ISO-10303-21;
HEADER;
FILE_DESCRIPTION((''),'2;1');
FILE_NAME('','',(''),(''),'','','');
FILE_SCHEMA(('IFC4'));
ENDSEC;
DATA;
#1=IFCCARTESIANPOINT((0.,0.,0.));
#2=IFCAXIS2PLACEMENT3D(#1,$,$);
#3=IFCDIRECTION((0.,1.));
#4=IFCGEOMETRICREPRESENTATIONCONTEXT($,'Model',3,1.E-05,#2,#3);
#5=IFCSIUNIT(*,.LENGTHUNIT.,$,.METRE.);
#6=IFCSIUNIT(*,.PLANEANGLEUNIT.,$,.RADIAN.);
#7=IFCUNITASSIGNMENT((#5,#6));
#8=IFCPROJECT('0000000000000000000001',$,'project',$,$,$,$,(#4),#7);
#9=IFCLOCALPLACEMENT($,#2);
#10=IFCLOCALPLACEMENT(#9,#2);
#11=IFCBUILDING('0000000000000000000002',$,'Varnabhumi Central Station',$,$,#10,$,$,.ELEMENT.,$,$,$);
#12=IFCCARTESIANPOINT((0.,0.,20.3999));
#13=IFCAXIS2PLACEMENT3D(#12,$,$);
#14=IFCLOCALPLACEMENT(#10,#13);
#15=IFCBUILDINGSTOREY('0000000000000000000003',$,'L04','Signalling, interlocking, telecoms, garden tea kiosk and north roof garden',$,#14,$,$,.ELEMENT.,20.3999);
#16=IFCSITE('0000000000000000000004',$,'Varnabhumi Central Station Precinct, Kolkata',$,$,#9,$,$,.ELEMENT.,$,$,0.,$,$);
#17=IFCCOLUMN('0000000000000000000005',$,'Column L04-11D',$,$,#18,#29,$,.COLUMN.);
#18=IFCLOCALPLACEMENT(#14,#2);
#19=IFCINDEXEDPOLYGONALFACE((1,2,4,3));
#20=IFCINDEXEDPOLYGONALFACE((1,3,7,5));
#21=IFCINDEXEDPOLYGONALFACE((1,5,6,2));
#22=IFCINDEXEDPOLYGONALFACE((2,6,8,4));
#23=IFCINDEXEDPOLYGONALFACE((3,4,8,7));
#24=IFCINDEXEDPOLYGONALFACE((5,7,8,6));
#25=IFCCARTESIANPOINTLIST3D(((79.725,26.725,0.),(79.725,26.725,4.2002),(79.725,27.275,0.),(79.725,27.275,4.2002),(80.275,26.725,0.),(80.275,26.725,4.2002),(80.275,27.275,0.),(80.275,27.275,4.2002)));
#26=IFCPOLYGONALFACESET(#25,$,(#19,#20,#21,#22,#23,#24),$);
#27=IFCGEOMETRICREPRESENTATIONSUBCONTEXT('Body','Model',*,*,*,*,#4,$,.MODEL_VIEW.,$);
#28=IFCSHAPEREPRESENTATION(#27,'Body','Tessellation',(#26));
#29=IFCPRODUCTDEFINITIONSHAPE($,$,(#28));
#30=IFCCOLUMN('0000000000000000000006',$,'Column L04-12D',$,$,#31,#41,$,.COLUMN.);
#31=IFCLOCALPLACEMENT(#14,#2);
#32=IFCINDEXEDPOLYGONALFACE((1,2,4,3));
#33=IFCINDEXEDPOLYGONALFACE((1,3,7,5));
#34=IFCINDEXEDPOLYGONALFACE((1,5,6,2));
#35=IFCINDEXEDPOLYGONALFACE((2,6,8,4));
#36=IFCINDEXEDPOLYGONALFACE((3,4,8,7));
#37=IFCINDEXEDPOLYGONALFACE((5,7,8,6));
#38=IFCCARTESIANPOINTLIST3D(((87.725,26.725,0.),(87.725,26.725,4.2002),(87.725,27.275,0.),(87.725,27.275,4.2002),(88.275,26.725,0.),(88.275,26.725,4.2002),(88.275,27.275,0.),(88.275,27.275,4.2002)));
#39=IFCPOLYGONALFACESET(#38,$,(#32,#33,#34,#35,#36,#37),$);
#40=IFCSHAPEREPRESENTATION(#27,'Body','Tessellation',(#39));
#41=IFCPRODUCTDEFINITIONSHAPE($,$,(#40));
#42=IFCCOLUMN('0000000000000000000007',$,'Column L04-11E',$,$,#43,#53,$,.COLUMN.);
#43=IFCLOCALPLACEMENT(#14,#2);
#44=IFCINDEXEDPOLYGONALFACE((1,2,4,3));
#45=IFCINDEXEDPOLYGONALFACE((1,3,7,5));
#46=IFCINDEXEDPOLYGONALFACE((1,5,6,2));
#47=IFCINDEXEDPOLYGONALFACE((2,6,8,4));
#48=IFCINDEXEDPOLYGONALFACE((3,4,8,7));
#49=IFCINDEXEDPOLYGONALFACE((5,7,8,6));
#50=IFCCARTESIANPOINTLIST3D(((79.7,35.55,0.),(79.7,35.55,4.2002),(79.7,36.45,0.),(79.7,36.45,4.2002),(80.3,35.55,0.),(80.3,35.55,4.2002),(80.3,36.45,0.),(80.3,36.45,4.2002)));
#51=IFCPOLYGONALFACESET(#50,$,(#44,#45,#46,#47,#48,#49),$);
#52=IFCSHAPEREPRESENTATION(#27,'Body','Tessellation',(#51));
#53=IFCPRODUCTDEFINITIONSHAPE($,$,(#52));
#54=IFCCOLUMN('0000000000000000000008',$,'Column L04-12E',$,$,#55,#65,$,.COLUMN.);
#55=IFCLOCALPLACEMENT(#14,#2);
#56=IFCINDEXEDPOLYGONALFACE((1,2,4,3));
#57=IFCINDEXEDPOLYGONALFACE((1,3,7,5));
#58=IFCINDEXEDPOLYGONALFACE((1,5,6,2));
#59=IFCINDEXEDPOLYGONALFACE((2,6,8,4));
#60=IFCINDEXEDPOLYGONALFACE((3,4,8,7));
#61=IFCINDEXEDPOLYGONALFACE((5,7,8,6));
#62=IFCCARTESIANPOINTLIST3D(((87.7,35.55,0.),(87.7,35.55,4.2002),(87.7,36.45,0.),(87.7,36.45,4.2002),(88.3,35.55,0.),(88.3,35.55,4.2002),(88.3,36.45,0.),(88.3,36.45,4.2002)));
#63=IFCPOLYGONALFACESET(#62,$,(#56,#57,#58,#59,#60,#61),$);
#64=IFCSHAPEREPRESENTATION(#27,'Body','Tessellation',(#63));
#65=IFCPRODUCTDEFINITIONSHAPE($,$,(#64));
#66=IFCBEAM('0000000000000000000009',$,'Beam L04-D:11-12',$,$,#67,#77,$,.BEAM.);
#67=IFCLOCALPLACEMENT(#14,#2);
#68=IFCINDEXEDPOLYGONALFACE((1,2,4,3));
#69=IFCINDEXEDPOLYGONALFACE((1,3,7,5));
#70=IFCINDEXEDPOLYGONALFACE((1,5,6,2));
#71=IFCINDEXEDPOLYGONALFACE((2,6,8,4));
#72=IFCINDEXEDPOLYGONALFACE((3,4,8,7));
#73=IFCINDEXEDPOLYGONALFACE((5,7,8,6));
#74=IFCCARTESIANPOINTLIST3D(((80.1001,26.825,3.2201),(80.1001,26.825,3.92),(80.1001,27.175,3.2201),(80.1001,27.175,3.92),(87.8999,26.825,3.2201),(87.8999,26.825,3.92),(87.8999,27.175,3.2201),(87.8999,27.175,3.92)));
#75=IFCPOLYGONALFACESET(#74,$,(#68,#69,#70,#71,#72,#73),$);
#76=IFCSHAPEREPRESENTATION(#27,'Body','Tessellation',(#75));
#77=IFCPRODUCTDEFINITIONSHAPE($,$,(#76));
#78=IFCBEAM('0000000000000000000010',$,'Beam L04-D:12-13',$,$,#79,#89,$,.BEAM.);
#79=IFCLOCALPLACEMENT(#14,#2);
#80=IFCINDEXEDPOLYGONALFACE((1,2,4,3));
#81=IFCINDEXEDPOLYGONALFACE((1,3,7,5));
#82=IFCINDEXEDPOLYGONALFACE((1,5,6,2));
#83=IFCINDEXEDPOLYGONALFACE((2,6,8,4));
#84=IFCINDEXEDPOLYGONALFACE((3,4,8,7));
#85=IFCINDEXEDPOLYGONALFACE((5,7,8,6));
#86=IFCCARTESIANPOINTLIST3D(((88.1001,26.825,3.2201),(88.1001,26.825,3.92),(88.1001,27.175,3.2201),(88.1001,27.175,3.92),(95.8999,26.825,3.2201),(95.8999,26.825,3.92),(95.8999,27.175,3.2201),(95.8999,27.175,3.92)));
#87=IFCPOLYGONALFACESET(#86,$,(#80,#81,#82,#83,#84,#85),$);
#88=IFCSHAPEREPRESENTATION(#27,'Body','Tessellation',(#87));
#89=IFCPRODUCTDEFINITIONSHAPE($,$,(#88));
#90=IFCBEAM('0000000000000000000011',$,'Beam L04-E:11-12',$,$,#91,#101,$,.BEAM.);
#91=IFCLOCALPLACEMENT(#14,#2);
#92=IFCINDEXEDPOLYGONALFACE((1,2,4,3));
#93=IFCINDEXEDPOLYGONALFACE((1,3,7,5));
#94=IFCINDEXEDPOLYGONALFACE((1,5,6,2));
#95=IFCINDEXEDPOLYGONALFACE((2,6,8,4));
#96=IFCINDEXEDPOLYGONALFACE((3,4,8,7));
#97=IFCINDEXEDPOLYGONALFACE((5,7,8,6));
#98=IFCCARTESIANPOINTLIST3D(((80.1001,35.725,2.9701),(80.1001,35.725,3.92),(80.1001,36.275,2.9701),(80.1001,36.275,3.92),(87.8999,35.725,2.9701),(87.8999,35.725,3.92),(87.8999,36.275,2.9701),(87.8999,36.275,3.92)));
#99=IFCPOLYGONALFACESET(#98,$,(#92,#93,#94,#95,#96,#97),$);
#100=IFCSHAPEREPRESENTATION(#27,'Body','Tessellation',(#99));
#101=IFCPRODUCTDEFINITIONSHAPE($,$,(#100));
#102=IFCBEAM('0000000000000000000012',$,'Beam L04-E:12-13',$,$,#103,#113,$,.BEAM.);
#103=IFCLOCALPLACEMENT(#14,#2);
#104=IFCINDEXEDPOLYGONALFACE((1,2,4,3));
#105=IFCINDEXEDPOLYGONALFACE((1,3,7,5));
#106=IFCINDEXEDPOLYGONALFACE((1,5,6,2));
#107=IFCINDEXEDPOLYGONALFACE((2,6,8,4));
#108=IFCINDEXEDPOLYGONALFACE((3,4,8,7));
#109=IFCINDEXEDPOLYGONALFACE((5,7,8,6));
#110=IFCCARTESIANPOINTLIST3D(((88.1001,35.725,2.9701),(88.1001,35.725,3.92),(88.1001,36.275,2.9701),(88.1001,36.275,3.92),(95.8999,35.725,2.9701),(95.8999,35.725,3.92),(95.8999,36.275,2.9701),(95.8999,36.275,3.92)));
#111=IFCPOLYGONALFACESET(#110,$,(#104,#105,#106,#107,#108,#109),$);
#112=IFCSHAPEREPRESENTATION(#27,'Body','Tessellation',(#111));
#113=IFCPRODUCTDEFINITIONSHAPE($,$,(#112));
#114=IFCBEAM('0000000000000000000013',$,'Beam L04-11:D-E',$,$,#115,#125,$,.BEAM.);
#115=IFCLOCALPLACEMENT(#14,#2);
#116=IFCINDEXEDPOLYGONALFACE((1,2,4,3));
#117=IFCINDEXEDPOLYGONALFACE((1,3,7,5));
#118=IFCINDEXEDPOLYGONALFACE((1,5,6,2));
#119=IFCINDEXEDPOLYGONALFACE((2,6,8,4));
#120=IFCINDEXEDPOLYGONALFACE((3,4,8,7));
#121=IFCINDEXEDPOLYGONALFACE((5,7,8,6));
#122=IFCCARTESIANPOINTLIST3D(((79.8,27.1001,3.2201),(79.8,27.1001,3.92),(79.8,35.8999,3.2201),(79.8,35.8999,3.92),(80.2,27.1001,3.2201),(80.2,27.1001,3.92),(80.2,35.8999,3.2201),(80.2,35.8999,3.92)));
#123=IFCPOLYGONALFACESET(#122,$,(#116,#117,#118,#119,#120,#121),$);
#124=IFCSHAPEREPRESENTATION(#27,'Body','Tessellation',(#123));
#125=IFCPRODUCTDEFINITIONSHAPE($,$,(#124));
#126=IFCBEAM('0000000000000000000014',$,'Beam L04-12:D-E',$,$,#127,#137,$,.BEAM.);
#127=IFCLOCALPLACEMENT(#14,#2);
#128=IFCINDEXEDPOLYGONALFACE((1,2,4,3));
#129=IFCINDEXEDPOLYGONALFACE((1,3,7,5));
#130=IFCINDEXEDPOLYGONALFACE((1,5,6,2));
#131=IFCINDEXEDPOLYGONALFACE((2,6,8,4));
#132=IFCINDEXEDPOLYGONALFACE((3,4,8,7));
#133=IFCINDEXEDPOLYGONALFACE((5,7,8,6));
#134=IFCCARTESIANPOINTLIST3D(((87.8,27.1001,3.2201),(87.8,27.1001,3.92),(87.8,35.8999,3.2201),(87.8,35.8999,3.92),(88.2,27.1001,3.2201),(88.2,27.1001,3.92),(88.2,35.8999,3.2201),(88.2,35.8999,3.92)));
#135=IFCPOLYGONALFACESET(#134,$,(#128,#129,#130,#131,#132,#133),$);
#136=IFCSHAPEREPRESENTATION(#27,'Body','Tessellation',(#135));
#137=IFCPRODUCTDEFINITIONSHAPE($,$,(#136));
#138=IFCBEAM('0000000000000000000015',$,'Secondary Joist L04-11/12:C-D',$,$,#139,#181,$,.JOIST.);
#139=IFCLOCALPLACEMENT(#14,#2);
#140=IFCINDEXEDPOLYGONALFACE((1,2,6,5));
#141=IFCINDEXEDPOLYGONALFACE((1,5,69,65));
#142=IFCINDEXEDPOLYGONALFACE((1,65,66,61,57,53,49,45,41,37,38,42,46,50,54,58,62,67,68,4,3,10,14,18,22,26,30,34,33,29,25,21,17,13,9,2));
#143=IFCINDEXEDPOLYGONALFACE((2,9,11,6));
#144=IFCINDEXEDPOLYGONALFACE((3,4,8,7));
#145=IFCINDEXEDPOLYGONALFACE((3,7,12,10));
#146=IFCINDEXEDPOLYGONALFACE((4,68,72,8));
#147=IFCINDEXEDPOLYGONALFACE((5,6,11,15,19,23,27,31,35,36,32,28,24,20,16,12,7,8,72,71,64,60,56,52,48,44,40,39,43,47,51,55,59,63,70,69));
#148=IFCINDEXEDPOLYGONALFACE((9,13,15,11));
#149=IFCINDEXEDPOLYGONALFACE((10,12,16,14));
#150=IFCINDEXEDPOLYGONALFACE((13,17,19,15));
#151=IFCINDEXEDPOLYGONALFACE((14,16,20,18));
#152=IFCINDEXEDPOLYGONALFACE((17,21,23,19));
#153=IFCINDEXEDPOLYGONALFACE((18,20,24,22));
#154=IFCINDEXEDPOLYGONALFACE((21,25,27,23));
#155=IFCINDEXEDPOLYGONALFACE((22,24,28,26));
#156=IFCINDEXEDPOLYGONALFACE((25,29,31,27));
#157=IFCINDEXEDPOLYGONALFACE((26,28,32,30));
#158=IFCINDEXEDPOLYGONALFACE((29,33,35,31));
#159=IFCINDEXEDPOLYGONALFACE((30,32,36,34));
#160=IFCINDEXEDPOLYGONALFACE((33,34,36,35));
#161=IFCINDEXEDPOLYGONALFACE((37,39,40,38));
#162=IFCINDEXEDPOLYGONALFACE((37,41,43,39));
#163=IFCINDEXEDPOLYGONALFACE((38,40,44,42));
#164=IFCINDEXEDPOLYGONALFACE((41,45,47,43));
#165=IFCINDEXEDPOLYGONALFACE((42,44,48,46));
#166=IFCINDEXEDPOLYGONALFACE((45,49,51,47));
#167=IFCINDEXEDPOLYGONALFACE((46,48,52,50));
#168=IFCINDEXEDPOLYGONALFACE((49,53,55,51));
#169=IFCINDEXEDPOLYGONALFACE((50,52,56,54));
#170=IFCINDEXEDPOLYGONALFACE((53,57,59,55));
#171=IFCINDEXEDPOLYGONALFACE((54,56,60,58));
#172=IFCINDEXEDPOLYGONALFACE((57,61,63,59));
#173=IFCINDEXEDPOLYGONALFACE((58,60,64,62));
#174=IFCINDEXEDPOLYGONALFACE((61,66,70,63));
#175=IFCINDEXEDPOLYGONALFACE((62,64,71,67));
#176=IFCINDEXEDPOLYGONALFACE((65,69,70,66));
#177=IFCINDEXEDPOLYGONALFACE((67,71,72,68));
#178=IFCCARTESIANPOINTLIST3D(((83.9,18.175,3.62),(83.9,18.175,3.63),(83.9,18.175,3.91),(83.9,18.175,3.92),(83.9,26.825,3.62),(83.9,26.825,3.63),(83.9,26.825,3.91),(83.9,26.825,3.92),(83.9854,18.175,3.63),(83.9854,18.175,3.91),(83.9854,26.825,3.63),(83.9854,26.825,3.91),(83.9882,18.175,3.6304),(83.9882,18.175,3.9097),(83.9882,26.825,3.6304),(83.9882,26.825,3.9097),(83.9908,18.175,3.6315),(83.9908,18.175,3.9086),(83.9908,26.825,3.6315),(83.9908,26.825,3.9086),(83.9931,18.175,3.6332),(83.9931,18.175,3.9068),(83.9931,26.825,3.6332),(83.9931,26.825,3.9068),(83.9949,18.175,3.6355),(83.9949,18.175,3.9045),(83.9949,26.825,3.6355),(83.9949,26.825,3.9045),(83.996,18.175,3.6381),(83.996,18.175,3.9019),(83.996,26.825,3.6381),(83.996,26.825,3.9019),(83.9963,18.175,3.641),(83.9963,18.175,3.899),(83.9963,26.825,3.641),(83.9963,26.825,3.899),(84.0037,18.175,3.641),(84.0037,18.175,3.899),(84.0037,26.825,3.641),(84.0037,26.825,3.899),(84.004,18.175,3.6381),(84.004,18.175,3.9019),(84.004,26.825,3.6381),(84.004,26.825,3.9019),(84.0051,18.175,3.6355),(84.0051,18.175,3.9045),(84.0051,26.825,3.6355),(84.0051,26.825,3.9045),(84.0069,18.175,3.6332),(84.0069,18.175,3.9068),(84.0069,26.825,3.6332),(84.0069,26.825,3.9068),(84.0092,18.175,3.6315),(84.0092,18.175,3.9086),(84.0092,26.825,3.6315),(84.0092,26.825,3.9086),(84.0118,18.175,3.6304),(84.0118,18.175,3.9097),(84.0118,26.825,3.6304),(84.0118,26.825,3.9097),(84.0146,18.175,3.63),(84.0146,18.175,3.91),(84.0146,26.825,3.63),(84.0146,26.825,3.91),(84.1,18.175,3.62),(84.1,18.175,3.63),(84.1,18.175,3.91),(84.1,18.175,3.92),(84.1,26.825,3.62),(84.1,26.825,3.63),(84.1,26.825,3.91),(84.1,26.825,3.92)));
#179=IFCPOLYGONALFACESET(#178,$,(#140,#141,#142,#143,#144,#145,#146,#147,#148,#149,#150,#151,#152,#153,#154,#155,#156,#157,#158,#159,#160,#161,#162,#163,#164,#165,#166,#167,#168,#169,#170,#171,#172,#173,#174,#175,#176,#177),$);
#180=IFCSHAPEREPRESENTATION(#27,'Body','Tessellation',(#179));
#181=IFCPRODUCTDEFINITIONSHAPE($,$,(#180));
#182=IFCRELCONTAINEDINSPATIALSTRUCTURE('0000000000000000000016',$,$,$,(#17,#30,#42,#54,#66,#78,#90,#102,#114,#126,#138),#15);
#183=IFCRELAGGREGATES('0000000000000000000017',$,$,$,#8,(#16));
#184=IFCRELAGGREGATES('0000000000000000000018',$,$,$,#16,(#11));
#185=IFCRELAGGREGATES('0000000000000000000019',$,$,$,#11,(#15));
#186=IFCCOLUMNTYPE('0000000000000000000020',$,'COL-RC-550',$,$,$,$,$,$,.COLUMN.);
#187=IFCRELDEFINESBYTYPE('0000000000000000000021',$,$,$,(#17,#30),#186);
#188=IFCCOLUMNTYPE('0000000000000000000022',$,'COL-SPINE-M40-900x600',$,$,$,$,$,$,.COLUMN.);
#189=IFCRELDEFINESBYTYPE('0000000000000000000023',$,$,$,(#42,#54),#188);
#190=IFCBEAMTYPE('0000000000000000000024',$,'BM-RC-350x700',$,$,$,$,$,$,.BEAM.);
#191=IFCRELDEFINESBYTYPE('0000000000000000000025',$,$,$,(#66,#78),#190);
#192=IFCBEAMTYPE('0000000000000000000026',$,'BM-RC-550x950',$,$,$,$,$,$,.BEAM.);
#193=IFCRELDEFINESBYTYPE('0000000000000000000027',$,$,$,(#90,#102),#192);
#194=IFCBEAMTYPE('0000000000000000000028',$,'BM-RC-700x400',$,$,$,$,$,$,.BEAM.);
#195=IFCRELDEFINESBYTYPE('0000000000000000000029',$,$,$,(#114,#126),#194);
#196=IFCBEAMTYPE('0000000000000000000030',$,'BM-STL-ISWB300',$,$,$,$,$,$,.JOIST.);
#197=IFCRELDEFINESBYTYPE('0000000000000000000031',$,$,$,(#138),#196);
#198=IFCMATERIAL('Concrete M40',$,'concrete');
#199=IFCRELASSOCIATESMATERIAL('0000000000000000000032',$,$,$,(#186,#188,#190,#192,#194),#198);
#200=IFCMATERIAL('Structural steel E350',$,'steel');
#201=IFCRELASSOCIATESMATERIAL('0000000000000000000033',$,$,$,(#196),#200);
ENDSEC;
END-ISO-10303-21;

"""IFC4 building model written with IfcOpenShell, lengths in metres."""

from ifc_helpers import new_model, si_unit, direction, frame, origin, origin_2d, place, context, subcontext, project, spatial, rectangle, i_section, extrude, material, material_profile, profile_set, type_object, element, save


model = new_model("IFC4")

# Units and contexts
model_context = context("Model", 3, precision=1e-05, world=origin(), true_north=direction((0.0, 1.0)))
body_context = subcontext(model_context, "Body", "Model", "MODEL_VIEW")
ifc_project = project(units=[si_unit("LENGTHUNIT", "METRE"), si_unit("PLANEANGLEUNIT", "RADIAN")], contexts=[model_context])

# Site, building, storey
site_placement = place(None, origin())
site = spatial("IfcSite", under=ifc_project, at=site_placement, Name="Varnabhumi Central Station Precinct, Kolkata", CompositionType="ELEMENT", RefElevation=0.0)
building_placement = place(site_placement, origin())
building = spatial("IfcBuilding", under=site, at=building_placement, Name="Varnabhumi Central Station", CompositionType="ELEMENT")
storey_placement = place(building_placement, frame((0.0, 0.0, 20.3999)))
storey = spatial("IfcBuildingStorey", under=building, at=storey_placement, Name="L04", Description="Signalling, interlocking, telecoms, garden tea kiosk and north roof garden", CompositionType="ELEMENT", Elevation=20.3999)

# Columns
ifc_material_1 = material(Name="Concrete M40", Category="concrete")
ifc_material_profile_1 = material_profile(ifc_material_1, rectangle(XDim=0.55, YDim=0.55, at=origin_2d()), Name="Concrete M40", Category="concrete")
ifc_profile_set_1 = profile_set([ifc_material_profile_1], Name="Concrete M40")
column_type_1 = type_object("IfcColumnType", Name="COL-RC-550", PredefinedType="COLUMN", material=ifc_profile_set_1)
for number, where, z_axis, x_axis, name in (
    (1, (80.0, 27.0, 0.0), (0.0, 0.0, 1.0), (1.0, 0.0, 0.0), "Column L04-11D"),
    (2, (88.0, 27.0, 0.0), (0.0, 0.0, 1.0), (1.0, 0.0, 0.0), "Column L04-12D"),
):
    element("IfcColumn", number, at=place(storey_placement, frame(where, z_axis=z_axis, x_axis=x_axis)), inside=storey, type_object=column_type_1, Name=name, PredefinedType="COLUMN", context=body_context, shape_type="SweptSolid", body=[
        extrude(rectangle(XDim=0.55, YDim=0.55, at=origin_2d()), origin(), (0.0, 0.0, 1.0), 4.2002),
    ])
ifc_material_profile_2 = material_profile(ifc_material_1, rectangle(XDim=0.6001, YDim=0.8999, at=origin_2d()), Name="Concrete M40", Category="concrete")
ifc_profile_set_2 = profile_set([ifc_material_profile_2], Name="Concrete M40")
column_type_2 = type_object("IfcColumnType", Name="COL-SPINE-M40-900x600", PredefinedType="COLUMN", material=ifc_profile_set_2)
for number, where, z_axis, x_axis, name in (
    (3, (80.0, 36.0, 0.0), (0.0, 0.0, 1.0), (1.0, 0.0, 0.0), "Column L04-11E"),
    (4, (88.0, 36.0, 0.0), (0.0, 0.0, 1.0), (1.0, 0.0, 0.0), "Column L04-12E"),
):
    element("IfcColumn", number, at=place(storey_placement, frame(where, z_axis=z_axis, x_axis=x_axis)), inside=storey, type_object=column_type_2, Name=name, PredefinedType="COLUMN", context=body_context, shape_type="SweptSolid", body=[
        extrude(rectangle(XDim=0.6001, YDim=0.8999, at=origin_2d()), origin(), (0.0, 0.0, 1.0), 4.2002),
    ])

# Beams
ifc_material_profile_3 = material_profile(ifc_material_1, rectangle(XDim=0.3501, YDim=0.7, at=origin_2d()), Name="Concrete M40", Category="concrete")
ifc_profile_set_3 = profile_set([ifc_material_profile_3], Name="Concrete M40")
beam_type_1 = type_object("IfcBeamType", Name="BM-RC-350x700", PredefinedType="BEAM", material=ifc_profile_set_3)
for number, where, z_axis, x_axis, name in (
    (5, (80.1001, 27.0, 3.5701), (1.0, 0.0, 0.0), (0.0, 1.0, 0.0), "Beam L04-D:11-12"),
    (6, (88.1001, 27.0, 3.5701), (1.0, 0.0, 0.0), (0.0, 1.0, 0.0), "Beam L04-D:12-13"),
):
    element("IfcBeam", number, at=place(storey_placement, frame(where, z_axis=z_axis, x_axis=x_axis)), inside=storey, type_object=beam_type_1, Name=name, PredefinedType="BEAM", context=body_context, shape_type="SweptSolid", body=[
        extrude(rectangle(XDim=0.3501, YDim=0.7, at=origin_2d()), origin(), (0.0, 0.0, 1.0), 7.7998),
    ])
ifc_material_profile_4 = material_profile(ifc_material_1, rectangle(XDim=0.55, YDim=0.95, at=origin_2d()), Name="Concrete M40", Category="concrete")
ifc_profile_set_4 = profile_set([ifc_material_profile_4], Name="Concrete M40")
beam_type_2 = type_object("IfcBeamType", Name="BM-RC-550x950", PredefinedType="BEAM", material=ifc_profile_set_4)
for number, where, z_axis, x_axis, name in (
    (7, (80.1001, 36.0, 3.4451), (1.0, 0.0, 0.0), (0.0, 1.0, 0.0), "Beam L04-E:11-12"),
    (8, (88.1001, 36.0, 3.4451), (1.0, 0.0, 0.0), (0.0, 1.0, 0.0), "Beam L04-E:12-13"),
):
    element("IfcBeam", number, at=place(storey_placement, frame(where, z_axis=z_axis, x_axis=x_axis)), inside=storey, type_object=beam_type_2, Name=name, PredefinedType="BEAM", context=body_context, shape_type="SweptSolid", body=[
        extrude(rectangle(XDim=0.55, YDim=0.95, at=origin_2d()), origin(), (0.0, 0.0, 1.0), 7.7998),
    ])
ifc_material_profile_5 = material_profile(ifc_material_1, rectangle(XDim=0.3999, YDim=0.7, at=origin_2d()), Name="Concrete M40", Category="concrete")
ifc_profile_set_5 = profile_set([ifc_material_profile_5], Name="Concrete M40")
beam_type_3 = type_object("IfcBeamType", Name="BM-RC-700x400", PredefinedType="BEAM", material=ifc_profile_set_5)
for number, where, z_axis, x_axis, name in (
    (9, (80.0, 27.1001, 3.5701), (0.0, 1.0, 0.0), (-1.0, 0.0, 0.0), "Beam L04-11:D-E"),
    (10, (88.0, 27.1001, 3.5701), (0.0, 1.0, 0.0), (-1.0, 0.0, 0.0), "Beam L04-12:D-E"),
):
    element("IfcBeam", number, at=place(storey_placement, frame(where, z_axis=z_axis, x_axis=x_axis)), inside=storey, type_object=beam_type_3, Name=name, PredefinedType="BEAM", context=body_context, shape_type="SweptSolid", body=[
        extrude(rectangle(XDim=0.3999, YDim=0.7, at=origin_2d()), origin(), (0.0, 0.0, 1.0), 8.7998),
    ])
ifc_material_2 = material(Name="Structural steel E350", Category="steel")
ifc_material_profile_6 = material_profile(ifc_material_2, i_section(OverallWidth=0.2, OverallDepth=0.3, WebThickness=0.0073, FlangeThickness=0.01, FilletRadius=0.011, at=origin_2d()), Name="Structural steel E350", Category="steel")
ifc_profile_set_6 = profile_set([ifc_material_profile_6], Name="Structural steel E350")
beam_type_4 = type_object("IfcBeamType", Name="BM-STL-ISWB300", PredefinedType="JOIST", material=ifc_profile_set_6)
beam_1_placement = place(storey_placement, frame((84.0, 18.175, 3.77), z_axis=(0.0, 1.0, 0.0), x_axis=(-1.0, 0.0, 0.0)))
element("IfcBeam", 11, at=beam_1_placement, inside=storey, type_object=beam_type_4, Name="Secondary Joist L04-11/12:C-D", PredefinedType="JOIST", context=body_context, shape_type="SweptSolid", body=[
    extrude(i_section(OverallWidth=0.2, OverallDepth=0.3, WebThickness=0.0073, FlangeThickness=0.01, FilletRadius=0.011, at=origin_2d()), origin(), (0.0, 0.0, 1.0), 8.6499),
])

save(model, "model.ifc")
